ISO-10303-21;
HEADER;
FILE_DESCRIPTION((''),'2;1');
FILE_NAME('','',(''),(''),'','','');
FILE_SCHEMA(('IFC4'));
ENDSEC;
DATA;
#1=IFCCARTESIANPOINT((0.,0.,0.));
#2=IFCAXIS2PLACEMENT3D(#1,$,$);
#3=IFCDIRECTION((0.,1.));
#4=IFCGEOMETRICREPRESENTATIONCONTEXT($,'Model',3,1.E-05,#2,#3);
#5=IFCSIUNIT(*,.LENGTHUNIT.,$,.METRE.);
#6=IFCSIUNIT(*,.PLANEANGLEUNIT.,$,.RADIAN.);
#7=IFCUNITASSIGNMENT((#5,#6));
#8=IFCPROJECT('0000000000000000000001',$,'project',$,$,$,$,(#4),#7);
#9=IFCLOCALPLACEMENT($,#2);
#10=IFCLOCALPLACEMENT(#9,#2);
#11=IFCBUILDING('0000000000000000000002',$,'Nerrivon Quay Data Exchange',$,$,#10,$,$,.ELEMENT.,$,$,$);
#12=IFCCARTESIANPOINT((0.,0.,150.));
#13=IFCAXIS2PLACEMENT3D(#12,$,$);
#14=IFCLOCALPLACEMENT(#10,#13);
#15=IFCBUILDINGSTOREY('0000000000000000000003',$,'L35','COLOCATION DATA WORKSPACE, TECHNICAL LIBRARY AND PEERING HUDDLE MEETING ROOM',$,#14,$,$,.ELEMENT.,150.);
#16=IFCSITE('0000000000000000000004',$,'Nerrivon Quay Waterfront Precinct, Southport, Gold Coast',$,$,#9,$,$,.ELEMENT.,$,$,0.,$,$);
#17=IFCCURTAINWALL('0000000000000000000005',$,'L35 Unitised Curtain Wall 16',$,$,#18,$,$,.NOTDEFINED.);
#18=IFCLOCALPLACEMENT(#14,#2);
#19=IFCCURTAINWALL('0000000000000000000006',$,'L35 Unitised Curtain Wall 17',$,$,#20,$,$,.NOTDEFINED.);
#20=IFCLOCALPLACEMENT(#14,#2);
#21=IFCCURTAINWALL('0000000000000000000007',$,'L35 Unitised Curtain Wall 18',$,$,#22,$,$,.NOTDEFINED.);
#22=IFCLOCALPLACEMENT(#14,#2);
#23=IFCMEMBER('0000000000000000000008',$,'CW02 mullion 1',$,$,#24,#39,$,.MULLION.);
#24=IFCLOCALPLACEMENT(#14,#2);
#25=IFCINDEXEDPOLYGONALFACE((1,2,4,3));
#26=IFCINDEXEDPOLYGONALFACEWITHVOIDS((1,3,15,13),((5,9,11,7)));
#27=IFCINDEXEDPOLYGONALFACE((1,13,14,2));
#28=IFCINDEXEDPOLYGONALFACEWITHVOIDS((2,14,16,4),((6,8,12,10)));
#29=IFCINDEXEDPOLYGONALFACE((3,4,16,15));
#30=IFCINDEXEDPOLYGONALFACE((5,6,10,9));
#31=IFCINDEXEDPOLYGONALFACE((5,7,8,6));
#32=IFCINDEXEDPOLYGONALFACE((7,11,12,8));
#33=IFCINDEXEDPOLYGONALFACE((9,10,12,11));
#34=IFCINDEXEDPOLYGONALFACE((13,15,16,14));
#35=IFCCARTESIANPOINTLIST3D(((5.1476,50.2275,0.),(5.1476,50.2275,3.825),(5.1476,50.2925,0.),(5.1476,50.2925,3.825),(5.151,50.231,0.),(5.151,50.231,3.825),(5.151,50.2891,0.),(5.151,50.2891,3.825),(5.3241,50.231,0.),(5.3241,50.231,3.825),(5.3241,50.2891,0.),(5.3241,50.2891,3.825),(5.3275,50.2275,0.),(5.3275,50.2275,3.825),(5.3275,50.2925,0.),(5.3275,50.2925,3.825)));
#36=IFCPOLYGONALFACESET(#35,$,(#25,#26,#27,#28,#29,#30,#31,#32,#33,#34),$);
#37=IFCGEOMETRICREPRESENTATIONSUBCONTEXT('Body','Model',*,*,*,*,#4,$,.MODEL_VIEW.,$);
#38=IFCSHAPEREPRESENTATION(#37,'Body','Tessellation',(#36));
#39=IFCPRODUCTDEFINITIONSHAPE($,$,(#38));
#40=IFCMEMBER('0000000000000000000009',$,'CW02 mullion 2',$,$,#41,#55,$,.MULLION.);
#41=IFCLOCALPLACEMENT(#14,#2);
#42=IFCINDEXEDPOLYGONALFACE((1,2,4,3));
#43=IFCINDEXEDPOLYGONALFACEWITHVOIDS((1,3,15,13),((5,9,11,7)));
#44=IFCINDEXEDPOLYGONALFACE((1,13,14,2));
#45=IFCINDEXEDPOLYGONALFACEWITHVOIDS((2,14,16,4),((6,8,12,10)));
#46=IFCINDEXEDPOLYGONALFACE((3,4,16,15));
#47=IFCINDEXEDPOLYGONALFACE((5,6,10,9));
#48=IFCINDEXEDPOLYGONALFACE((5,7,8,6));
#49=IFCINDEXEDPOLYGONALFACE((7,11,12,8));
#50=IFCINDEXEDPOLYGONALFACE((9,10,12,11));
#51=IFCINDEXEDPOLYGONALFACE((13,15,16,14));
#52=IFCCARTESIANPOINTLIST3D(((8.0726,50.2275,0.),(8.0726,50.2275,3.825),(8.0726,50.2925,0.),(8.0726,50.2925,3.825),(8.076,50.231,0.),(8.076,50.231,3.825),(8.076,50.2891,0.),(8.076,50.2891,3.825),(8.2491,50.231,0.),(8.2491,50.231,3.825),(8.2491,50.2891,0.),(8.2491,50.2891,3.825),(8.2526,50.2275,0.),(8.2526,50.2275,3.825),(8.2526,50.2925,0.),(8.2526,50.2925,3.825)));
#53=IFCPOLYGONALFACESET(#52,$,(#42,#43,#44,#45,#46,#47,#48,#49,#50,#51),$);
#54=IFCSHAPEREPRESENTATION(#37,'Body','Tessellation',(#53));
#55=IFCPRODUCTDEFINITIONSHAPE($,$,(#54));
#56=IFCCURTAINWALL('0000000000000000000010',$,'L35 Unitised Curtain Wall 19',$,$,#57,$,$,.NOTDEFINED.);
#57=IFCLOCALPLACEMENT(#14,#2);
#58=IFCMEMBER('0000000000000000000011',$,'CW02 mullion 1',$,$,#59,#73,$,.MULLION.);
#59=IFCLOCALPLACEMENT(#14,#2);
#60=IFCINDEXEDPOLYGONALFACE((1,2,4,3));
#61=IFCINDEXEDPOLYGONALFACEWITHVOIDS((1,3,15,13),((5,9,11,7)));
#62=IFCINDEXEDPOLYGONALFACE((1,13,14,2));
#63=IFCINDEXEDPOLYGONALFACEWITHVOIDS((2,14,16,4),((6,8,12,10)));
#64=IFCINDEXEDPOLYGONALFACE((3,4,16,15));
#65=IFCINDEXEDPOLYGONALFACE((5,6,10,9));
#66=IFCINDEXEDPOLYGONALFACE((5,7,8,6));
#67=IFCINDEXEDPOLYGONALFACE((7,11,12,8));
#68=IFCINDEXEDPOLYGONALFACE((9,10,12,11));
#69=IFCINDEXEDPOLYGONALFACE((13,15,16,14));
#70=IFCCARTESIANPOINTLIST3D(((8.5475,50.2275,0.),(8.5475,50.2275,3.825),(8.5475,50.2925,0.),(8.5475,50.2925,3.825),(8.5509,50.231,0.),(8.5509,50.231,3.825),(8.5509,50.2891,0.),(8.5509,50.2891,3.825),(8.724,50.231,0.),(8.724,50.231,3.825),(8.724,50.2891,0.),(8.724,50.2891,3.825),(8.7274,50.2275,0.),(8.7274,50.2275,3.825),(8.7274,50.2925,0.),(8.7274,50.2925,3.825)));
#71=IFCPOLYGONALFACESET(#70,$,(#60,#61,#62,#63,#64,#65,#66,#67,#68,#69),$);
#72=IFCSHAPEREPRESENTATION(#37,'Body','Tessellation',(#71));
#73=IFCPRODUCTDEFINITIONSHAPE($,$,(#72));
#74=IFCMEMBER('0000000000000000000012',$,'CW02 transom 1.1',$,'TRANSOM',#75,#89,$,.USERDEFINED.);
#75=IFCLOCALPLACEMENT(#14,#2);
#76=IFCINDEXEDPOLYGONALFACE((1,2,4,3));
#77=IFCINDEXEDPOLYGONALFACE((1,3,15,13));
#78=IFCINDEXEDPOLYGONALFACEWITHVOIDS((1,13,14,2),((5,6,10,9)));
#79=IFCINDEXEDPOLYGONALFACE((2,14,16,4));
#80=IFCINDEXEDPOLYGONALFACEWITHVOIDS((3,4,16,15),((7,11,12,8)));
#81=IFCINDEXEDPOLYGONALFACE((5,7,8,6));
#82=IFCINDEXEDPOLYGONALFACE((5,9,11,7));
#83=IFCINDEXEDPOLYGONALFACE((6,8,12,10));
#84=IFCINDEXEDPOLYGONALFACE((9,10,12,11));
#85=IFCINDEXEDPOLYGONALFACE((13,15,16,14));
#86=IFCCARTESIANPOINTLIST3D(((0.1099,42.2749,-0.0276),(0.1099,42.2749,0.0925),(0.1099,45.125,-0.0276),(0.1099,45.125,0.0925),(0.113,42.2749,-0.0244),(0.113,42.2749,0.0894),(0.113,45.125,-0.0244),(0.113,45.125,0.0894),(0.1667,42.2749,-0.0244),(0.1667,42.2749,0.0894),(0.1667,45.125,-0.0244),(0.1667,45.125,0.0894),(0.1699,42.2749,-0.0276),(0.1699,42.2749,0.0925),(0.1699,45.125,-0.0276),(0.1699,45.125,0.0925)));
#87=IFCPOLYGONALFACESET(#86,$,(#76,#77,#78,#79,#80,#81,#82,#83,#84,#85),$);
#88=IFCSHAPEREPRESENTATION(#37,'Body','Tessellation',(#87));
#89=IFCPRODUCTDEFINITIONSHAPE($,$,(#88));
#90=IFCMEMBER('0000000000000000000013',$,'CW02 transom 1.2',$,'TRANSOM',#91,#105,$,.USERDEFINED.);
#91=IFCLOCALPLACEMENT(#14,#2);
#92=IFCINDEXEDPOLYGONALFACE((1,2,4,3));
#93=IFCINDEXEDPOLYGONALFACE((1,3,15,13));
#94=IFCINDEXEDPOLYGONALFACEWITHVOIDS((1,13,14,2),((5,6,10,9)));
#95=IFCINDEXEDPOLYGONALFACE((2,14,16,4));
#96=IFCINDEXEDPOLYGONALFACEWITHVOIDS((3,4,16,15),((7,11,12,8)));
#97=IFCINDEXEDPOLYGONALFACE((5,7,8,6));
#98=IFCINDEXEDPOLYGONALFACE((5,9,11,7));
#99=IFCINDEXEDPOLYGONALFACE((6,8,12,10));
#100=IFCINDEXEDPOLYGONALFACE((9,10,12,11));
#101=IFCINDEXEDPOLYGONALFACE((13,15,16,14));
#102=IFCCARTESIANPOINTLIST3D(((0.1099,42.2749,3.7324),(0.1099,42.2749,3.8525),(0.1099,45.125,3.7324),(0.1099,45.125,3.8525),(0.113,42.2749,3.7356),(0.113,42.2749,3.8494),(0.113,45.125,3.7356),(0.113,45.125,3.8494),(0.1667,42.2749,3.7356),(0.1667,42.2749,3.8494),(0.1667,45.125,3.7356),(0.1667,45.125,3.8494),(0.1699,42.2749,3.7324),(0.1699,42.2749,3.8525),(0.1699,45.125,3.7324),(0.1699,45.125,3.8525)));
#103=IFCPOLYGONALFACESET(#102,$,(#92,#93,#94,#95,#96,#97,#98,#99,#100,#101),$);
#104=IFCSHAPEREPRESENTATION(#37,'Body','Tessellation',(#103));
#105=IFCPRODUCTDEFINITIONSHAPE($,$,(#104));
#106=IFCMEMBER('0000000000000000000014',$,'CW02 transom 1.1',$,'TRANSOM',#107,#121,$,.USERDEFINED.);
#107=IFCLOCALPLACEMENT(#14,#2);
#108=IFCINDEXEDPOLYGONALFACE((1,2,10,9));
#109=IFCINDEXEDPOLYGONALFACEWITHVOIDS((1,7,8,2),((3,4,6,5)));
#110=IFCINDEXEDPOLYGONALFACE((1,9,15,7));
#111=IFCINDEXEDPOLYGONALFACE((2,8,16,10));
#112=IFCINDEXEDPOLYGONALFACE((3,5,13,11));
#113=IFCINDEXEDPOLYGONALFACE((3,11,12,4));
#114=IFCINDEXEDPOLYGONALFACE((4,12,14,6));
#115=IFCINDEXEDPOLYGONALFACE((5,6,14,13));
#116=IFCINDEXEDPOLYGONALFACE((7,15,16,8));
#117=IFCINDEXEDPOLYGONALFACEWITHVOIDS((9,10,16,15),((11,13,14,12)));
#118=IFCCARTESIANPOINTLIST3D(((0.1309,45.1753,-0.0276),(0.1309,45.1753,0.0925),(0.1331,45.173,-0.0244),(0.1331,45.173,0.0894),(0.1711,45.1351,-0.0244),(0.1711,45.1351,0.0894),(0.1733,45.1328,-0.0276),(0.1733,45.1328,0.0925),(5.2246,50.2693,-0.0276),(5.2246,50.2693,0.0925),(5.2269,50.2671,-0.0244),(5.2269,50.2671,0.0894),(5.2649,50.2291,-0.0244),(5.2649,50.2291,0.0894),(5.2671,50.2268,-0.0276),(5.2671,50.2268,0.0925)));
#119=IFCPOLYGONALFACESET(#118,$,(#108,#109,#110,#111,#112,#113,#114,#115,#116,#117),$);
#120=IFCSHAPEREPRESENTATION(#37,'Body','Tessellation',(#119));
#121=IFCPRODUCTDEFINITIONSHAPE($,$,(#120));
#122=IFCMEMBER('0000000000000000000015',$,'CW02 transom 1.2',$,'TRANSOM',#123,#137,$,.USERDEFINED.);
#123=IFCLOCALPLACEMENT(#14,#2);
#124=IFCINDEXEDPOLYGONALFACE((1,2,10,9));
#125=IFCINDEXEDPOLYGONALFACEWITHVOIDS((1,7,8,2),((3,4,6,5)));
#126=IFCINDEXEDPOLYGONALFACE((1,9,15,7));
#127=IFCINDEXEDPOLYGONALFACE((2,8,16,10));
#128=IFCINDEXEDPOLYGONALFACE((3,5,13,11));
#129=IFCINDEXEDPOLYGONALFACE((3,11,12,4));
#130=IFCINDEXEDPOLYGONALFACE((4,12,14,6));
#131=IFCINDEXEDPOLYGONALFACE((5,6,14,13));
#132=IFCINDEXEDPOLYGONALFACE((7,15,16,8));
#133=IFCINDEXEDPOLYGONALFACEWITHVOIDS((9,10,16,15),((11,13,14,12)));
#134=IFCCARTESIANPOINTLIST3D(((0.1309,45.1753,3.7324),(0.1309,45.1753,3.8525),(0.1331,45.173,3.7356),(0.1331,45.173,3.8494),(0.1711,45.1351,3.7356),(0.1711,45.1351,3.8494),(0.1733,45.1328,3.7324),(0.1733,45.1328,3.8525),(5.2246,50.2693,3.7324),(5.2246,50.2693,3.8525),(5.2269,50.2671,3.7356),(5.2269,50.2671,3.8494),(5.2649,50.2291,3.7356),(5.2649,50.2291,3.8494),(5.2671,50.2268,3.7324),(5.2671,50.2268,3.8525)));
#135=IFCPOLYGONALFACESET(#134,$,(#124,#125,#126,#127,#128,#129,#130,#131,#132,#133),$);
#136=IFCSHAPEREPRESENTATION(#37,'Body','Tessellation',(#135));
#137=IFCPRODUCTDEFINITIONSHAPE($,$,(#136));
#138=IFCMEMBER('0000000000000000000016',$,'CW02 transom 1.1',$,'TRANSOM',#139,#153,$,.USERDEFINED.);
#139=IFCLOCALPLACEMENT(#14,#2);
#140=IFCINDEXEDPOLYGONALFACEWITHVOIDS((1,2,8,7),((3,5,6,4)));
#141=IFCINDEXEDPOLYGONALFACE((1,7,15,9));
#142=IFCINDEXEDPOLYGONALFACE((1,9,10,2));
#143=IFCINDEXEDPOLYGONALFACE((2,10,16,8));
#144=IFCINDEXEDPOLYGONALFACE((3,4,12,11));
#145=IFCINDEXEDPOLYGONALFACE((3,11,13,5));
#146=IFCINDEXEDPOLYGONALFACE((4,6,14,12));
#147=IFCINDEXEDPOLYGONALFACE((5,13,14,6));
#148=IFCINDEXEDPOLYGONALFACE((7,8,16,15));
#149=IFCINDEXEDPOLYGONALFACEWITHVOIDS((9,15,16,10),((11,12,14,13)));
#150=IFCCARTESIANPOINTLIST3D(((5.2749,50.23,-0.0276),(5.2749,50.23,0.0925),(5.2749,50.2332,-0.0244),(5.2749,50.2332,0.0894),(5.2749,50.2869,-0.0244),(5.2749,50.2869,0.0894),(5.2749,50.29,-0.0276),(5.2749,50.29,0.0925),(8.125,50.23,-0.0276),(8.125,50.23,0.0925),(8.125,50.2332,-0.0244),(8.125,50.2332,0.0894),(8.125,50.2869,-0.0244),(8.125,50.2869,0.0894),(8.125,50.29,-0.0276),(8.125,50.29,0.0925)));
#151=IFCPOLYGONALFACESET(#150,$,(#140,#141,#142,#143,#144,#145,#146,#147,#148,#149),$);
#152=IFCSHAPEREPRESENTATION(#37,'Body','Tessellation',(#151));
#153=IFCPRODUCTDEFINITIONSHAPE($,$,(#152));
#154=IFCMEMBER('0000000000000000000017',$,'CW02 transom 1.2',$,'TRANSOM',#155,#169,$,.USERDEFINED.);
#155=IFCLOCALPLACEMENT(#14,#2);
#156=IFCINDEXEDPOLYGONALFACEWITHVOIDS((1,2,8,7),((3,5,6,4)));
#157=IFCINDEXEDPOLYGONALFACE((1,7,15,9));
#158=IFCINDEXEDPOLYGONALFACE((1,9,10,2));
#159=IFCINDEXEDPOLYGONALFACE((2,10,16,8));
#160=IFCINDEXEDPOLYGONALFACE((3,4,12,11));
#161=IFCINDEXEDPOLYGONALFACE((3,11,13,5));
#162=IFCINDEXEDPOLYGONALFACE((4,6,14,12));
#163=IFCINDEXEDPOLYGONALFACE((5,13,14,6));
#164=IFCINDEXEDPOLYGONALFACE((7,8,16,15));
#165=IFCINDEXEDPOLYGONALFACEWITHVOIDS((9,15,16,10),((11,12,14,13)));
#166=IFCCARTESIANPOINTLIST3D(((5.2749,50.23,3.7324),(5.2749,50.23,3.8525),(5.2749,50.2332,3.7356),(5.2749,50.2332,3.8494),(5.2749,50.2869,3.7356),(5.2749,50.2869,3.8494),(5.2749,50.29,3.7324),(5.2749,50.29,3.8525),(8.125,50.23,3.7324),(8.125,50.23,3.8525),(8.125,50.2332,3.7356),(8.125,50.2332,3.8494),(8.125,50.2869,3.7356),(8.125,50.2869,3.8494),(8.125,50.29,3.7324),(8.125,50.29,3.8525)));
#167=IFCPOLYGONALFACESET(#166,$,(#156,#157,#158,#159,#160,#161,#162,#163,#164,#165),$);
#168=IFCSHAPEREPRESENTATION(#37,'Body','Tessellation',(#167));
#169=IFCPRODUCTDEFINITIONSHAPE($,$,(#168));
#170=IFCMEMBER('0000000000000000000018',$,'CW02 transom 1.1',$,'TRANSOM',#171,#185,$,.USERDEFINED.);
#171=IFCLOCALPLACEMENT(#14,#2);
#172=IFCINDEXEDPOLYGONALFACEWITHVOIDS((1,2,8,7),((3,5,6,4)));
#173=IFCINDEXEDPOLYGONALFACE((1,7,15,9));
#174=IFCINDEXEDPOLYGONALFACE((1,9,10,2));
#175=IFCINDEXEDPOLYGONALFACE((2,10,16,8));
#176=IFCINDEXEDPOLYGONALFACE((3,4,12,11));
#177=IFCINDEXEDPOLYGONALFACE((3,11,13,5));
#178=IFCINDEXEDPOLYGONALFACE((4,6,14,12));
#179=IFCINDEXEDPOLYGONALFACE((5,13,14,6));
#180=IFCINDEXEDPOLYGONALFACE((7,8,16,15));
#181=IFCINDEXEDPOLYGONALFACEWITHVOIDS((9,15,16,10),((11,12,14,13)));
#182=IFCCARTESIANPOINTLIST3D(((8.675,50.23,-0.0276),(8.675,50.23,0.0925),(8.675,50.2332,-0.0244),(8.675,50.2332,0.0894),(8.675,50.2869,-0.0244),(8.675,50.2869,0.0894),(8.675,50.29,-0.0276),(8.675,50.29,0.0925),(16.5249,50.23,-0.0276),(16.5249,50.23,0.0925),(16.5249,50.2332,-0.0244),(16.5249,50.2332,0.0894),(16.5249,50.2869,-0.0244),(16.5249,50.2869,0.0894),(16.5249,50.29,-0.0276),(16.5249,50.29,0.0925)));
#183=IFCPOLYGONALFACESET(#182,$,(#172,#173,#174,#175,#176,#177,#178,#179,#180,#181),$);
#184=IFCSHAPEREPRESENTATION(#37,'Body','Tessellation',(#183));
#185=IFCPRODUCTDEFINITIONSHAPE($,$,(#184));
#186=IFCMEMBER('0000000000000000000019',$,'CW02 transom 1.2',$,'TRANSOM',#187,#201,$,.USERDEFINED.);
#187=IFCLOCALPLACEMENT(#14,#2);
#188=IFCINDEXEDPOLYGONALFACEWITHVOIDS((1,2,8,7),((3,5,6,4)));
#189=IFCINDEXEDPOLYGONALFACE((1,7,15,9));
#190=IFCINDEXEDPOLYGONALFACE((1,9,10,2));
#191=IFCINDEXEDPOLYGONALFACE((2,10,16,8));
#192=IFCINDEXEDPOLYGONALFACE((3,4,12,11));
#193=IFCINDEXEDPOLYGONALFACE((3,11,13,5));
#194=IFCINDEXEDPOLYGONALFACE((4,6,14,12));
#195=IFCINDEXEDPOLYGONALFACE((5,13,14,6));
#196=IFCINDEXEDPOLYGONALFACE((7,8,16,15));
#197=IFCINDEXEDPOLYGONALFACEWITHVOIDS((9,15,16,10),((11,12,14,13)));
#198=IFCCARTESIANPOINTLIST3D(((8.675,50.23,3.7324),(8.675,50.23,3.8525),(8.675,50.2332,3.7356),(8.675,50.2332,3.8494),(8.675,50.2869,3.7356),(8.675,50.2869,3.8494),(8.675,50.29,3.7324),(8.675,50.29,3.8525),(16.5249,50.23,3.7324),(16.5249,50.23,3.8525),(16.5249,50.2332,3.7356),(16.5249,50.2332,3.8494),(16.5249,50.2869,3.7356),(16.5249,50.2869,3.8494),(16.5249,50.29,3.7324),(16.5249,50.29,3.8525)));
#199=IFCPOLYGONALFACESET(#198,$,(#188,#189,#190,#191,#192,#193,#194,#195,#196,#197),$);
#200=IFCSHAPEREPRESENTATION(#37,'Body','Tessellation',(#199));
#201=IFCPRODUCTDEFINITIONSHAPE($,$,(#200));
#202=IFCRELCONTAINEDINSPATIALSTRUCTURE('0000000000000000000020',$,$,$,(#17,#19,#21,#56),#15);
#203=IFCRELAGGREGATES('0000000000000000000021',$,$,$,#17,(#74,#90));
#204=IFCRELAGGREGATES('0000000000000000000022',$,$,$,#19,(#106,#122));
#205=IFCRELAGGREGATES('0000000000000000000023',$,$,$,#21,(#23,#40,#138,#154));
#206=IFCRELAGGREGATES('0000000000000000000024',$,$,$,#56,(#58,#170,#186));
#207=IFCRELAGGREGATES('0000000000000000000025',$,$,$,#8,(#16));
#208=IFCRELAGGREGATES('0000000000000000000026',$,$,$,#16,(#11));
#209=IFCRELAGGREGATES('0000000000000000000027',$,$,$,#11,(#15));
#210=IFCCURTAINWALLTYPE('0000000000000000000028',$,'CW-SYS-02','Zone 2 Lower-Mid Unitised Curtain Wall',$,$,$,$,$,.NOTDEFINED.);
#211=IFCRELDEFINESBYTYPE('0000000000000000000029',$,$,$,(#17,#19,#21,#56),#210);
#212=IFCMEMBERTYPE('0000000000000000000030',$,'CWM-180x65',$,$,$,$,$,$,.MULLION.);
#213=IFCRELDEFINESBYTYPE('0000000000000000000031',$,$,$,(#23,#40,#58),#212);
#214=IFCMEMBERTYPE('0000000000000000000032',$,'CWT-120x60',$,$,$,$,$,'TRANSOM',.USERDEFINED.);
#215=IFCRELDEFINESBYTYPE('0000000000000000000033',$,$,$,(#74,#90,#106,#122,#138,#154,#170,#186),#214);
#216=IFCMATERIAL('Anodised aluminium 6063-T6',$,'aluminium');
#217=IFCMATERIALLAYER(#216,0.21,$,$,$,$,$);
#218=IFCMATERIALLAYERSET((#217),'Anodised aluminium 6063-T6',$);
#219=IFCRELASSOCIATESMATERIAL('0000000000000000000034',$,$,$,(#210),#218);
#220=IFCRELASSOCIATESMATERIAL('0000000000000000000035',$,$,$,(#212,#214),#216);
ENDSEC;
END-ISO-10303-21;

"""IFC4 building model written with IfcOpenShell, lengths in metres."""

from ifc_helpers import new_model, si_unit, direction, frame, origin, origin_2d, place, context, subcontext, project, spatial, hollow_rectangle, extrude, material, layer, layer_set, material_profile, profile_set, type_object, element, aggregate, save


model = new_model("IFC4")

# Units and contexts
model_context = context("Model", 3, precision=1e-05, world=origin(), true_north=direction((0.0, 1.0)))
body_context = subcontext(model_context, "Body", "Model", "MODEL_VIEW")
ifc_project = project(units=[si_unit("LENGTHUNIT", "METRE"), si_unit("PLANEANGLEUNIT", "RADIAN")], contexts=[model_context])

# Site, building, storey
site_placement = place(None, origin())
site = spatial("IfcSite", under=ifc_project, at=site_placement, Name="Nerrivon Quay Waterfront Precinct, Southport, Gold Coast", CompositionType="ELEMENT", RefElevation=0.0)
building_placement = place(site_placement, origin())
building = spatial("IfcBuilding", under=site, at=building_placement, Name="Nerrivon Quay Data Exchange", CompositionType="ELEMENT")
storey_placement = place(building_placement, frame((0.0, 0.0, 150.0)))
storey = spatial("IfcBuildingStorey", under=building, at=storey_placement, Name="L35", Description="COLOCATION DATA WORKSPACE, TECHNICAL LIBRARY AND PEERING HUDDLE MEETING ROOM", CompositionType="ELEMENT", Elevation=150.0)

# Curtain walls, members
ifc_material_1 = material(Name="Anodised aluminium 6063-T6", Category="aluminium")
ifc_layer_1 = layer(ifc_material_1, 0.21)
ifc_layer_set_1 = layer_set([ifc_layer_1], Name="Anodised aluminium 6063-T6")
curtain_wall_type = type_object("IfcCurtainWallType", Name="CW-SYS-02", Description="Zone 2 Lower-Mid Unitised Curtain Wall", PredefinedType="NOTDEFINED", material=ifc_layer_set_1)
curtain_wall_1_placement = place(storey_placement, origin())
curtain_wall_1 = element("IfcCurtainWall", 1, at=curtain_wall_1_placement, inside=storey, type_object=curtain_wall_type, Name="L35 Unitised Curtain Wall 16", PredefinedType="NOTDEFINED")
ifc_material_profile_1 = material_profile(ifc_material_1, hollow_rectangle(XDim=0.0649, YDim=0.1799, WallThickness=0.0034, at=origin_2d()), Name="ALU-MULL-180x65")
ifc_profile_set_1 = profile_set([ifc_material_profile_1], Name="Anodised aluminium 6063-T6")
member_type_1 = type_object("IfcMemberType", Name="CWM-180x65", PredefinedType="MULLION", material=ifc_profile_set_1)
curtain_wall_2_placement = place(storey_placement, origin())
curtain_wall_2 = element("IfcCurtainWall", 2, at=curtain_wall_2_placement, inside=storey, type_object=curtain_wall_type, Name="L35 Unitised Curtain Wall 17", PredefinedType="NOTDEFINED")
curtain_wall_3_placement = place(storey_placement, origin())
curtain_wall_3 = element("IfcCurtainWall", 3, at=curtain_wall_3_placement, inside=storey, type_object=curtain_wall_type, Name="L35 Unitised Curtain Wall 18", PredefinedType="NOTDEFINED")
member_1_placement = place(storey_placement, frame((5.2375, 50.26, 0.0), z_axis=(0.0, 0.0, 1.0), x_axis=(0.0, 1.0, 0.0)))
member_1 = element("IfcMember", 4, at=member_1_placement, type_object=member_type_1, Name="CW02 mullion 1", PredefinedType="MULLION", context=body_context, shape_type="SweptSolid", body=[
    extrude(hollow_rectangle(XDim=0.0649, YDim=0.1799, WallThickness=0.0034, at=origin_2d()), origin(), (0.0, 0.0, 1.0), 3.825),
])
member_2_placement = place(storey_placement, frame((8.1626, 50.26, 0.0), z_axis=(0.0, 0.0, 1.0), x_axis=(0.0, 1.0, 0.0)))
member_2 = element("IfcMember", 5, at=member_2_placement, type_object=member_type_1, Name="CW02 mullion 2", PredefinedType="MULLION", context=body_context, shape_type="SweptSolid", body=[
    extrude(hollow_rectangle(XDim=0.0649, YDim=0.1799, WallThickness=0.0034, at=origin_2d()), origin(), (0.0, 0.0, 1.0), 3.825),
])

# Curtain wall, member
curtain_wall_4_placement = place(storey_placement, origin())
curtain_wall_4 = element("IfcCurtainWall", 6, at=curtain_wall_4_placement, inside=storey, type_object=curtain_wall_type, Name="L35 Unitised Curtain Wall 19", PredefinedType="NOTDEFINED")
member_3_placement = place(storey_placement, frame((8.6375, 50.26, 0.0), z_axis=(0.0, 0.0, 1.0), x_axis=(0.0, 1.0, 0.0)))
member_3 = element("IfcMember", 7, at=member_3_placement, type_object=member_type_1, Name="CW02 mullion 1", PredefinedType="MULLION", context=body_context, shape_type="SweptSolid", body=[
    extrude(hollow_rectangle(XDim=0.0649, YDim=0.1799, WallThickness=0.0034, at=origin_2d()), origin(), (0.0, 0.0, 1.0), 3.825),
])

# Members
ifc_material_profile_2 = material_profile(ifc_material_1, hollow_rectangle(XDim=0.0601, YDim=0.1201, WallThickness=0.0032, at=origin_2d()), Name="ALU-TRAN-120x60")
ifc_profile_set_2 = profile_set([ifc_material_profile_2], Name="Anodised aluminium 6063-T6")
member_type_2 = type_object("IfcMemberType", Name="CWT-120x60", ElementType="TRANSOM", PredefinedType="USERDEFINED", material=ifc_profile_set_2)
member_4_placement = place(storey_placement, frame((0.1399, 42.2749, 0.0325), z_axis=(0.0, 1.0, 0.0), x_axis=(-1.0, 0.0, 0.0)))
member_4 = element("IfcMember", 8, at=member_4_placement, type_object=member_type_2, Name="CW02 transom 1.1", ObjectType="TRANSOM", PredefinedType="USERDEFINED", context=body_context, shape_type="SweptSolid", body=[
    extrude(hollow_rectangle(XDim=0.0601, YDim=0.1201, WallThickness=0.0032, at=origin_2d()), origin(), (0.0, 0.0, 1.0), 2.8501),
])
member_5_placement = place(storey_placement, frame((0.1399, 42.2749, 3.7925), z_axis=(0.0, 1.0, 0.0), x_axis=(-1.0, 0.0, 0.0)))
member_5 = element("IfcMember", 9, at=member_5_placement, type_object=member_type_2, Name="CW02 transom 1.2", ObjectType="TRANSOM", PredefinedType="USERDEFINED", context=body_context, shape_type="SweptSolid", body=[
    extrude(hollow_rectangle(XDim=0.0601, YDim=0.1201, WallThickness=0.0032, at=origin_2d()), origin(), (0.0, 0.0, 1.0), 2.8501),
])
member_6_placement = place(storey_placement, frame((0.1521, 45.1541, 0.0325), z_axis=(0.70709, 0.707124, 0.0), x_axis=(-0.707124, 0.70709, 0.0)))
member_6 = element("IfcMember", 10, at=member_6_placement, type_object=member_type_2, Name="CW02 transom 1.1", ObjectType="TRANSOM", PredefinedType="USERDEFINED", context=body_context, shape_type="SweptSolid", body=[
    extrude(hollow_rectangle(XDim=0.0601, YDim=0.1201, WallThickness=0.0032, at=origin_2d()), origin(), (0.0, 0.0, 1.0), 7.2039),
])
member_7_placement = place(storey_placement, frame((0.1521, 45.1541, 3.7925), z_axis=(0.70709, 0.707124, 0.0), x_axis=(-0.707124, 0.70709, 0.0)))
member_7 = element("IfcMember", 11, at=member_7_placement, type_object=member_type_2, Name="CW02 transom 1.2", ObjectType="TRANSOM", PredefinedType="USERDEFINED", context=body_context, shape_type="SweptSolid", body=[
    extrude(hollow_rectangle(XDim=0.0601, YDim=0.1201, WallThickness=0.0032, at=origin_2d()), origin(), (0.0, 0.0, 1.0), 7.2039),
])
member_8_placement = place(storey_placement, frame((5.2749, 50.26, 0.0325), z_axis=(1.0, 0.0, 0.0), x_axis=(0.0, 1.0, 0.0)))
member_8 = element("IfcMember", 12, at=member_8_placement, type_object=member_type_2, Name="CW02 transom 1.1", ObjectType="TRANSOM", PredefinedType="USERDEFINED", context=body_context, shape_type="SweptSolid", body=[
    extrude(hollow_rectangle(XDim=0.0601, YDim=0.1201, WallThickness=0.0032, at=origin_2d()), origin(), (0.0, 0.0, 1.0), 2.8501),
])
member_9_placement = place(storey_placement, frame((5.2749, 50.26, 3.7925), z_axis=(1.0, 0.0, 0.0), x_axis=(0.0, 1.0, 0.0)))
member_9 = element("IfcMember", 13, at=member_9_placement, type_object=member_type_2, Name="CW02 transom 1.2", ObjectType="TRANSOM", PredefinedType="USERDEFINED", context=body_context, shape_type="SweptSolid", body=[
    extrude(hollow_rectangle(XDim=0.0601, YDim=0.1201, WallThickness=0.0032, at=origin_2d()), origin(), (0.0, 0.0, 1.0), 2.8501),
])
member_10_placement = place(storey_placement, frame((8.675, 50.26, 0.0325), z_axis=(1.0, 0.0, 0.0), x_axis=(0.0, 1.0, 0.0)))
member_10 = element("IfcMember", 14, at=member_10_placement, type_object=member_type_2, Name="CW02 transom 1.1", ObjectType="TRANSOM", PredefinedType="USERDEFINED", context=body_context, shape_type="SweptSolid", body=[
    extrude(hollow_rectangle(XDim=0.0601, YDim=0.1201, WallThickness=0.0032, at=origin_2d()), origin(), (0.0, 0.0, 1.0), 7.8499),
])
member_11_placement = place(storey_placement, frame((8.675, 50.26, 3.7925), z_axis=(1.0, 0.0, 0.0), x_axis=(0.0, 1.0, 0.0)))
member_11 = element("IfcMember", 15, at=member_11_placement, type_object=member_type_2, Name="CW02 transom 1.2", ObjectType="TRANSOM", PredefinedType="USERDEFINED", context=body_context, shape_type="SweptSolid", body=[
    extrude(hollow_rectangle(XDim=0.0601, YDim=0.1201, WallThickness=0.0032, at=origin_2d()), origin(), (0.0, 0.0, 1.0), 7.8499),
])

aggregate(curtain_wall_1, [member_4, member_5])
aggregate(curtain_wall_2, [member_6, member_7])
aggregate(curtain_wall_3, [member_1, member_2, member_8, member_9])
aggregate(curtain_wall_4, [member_3, member_10, member_11])

save(model, "model.ifc")
